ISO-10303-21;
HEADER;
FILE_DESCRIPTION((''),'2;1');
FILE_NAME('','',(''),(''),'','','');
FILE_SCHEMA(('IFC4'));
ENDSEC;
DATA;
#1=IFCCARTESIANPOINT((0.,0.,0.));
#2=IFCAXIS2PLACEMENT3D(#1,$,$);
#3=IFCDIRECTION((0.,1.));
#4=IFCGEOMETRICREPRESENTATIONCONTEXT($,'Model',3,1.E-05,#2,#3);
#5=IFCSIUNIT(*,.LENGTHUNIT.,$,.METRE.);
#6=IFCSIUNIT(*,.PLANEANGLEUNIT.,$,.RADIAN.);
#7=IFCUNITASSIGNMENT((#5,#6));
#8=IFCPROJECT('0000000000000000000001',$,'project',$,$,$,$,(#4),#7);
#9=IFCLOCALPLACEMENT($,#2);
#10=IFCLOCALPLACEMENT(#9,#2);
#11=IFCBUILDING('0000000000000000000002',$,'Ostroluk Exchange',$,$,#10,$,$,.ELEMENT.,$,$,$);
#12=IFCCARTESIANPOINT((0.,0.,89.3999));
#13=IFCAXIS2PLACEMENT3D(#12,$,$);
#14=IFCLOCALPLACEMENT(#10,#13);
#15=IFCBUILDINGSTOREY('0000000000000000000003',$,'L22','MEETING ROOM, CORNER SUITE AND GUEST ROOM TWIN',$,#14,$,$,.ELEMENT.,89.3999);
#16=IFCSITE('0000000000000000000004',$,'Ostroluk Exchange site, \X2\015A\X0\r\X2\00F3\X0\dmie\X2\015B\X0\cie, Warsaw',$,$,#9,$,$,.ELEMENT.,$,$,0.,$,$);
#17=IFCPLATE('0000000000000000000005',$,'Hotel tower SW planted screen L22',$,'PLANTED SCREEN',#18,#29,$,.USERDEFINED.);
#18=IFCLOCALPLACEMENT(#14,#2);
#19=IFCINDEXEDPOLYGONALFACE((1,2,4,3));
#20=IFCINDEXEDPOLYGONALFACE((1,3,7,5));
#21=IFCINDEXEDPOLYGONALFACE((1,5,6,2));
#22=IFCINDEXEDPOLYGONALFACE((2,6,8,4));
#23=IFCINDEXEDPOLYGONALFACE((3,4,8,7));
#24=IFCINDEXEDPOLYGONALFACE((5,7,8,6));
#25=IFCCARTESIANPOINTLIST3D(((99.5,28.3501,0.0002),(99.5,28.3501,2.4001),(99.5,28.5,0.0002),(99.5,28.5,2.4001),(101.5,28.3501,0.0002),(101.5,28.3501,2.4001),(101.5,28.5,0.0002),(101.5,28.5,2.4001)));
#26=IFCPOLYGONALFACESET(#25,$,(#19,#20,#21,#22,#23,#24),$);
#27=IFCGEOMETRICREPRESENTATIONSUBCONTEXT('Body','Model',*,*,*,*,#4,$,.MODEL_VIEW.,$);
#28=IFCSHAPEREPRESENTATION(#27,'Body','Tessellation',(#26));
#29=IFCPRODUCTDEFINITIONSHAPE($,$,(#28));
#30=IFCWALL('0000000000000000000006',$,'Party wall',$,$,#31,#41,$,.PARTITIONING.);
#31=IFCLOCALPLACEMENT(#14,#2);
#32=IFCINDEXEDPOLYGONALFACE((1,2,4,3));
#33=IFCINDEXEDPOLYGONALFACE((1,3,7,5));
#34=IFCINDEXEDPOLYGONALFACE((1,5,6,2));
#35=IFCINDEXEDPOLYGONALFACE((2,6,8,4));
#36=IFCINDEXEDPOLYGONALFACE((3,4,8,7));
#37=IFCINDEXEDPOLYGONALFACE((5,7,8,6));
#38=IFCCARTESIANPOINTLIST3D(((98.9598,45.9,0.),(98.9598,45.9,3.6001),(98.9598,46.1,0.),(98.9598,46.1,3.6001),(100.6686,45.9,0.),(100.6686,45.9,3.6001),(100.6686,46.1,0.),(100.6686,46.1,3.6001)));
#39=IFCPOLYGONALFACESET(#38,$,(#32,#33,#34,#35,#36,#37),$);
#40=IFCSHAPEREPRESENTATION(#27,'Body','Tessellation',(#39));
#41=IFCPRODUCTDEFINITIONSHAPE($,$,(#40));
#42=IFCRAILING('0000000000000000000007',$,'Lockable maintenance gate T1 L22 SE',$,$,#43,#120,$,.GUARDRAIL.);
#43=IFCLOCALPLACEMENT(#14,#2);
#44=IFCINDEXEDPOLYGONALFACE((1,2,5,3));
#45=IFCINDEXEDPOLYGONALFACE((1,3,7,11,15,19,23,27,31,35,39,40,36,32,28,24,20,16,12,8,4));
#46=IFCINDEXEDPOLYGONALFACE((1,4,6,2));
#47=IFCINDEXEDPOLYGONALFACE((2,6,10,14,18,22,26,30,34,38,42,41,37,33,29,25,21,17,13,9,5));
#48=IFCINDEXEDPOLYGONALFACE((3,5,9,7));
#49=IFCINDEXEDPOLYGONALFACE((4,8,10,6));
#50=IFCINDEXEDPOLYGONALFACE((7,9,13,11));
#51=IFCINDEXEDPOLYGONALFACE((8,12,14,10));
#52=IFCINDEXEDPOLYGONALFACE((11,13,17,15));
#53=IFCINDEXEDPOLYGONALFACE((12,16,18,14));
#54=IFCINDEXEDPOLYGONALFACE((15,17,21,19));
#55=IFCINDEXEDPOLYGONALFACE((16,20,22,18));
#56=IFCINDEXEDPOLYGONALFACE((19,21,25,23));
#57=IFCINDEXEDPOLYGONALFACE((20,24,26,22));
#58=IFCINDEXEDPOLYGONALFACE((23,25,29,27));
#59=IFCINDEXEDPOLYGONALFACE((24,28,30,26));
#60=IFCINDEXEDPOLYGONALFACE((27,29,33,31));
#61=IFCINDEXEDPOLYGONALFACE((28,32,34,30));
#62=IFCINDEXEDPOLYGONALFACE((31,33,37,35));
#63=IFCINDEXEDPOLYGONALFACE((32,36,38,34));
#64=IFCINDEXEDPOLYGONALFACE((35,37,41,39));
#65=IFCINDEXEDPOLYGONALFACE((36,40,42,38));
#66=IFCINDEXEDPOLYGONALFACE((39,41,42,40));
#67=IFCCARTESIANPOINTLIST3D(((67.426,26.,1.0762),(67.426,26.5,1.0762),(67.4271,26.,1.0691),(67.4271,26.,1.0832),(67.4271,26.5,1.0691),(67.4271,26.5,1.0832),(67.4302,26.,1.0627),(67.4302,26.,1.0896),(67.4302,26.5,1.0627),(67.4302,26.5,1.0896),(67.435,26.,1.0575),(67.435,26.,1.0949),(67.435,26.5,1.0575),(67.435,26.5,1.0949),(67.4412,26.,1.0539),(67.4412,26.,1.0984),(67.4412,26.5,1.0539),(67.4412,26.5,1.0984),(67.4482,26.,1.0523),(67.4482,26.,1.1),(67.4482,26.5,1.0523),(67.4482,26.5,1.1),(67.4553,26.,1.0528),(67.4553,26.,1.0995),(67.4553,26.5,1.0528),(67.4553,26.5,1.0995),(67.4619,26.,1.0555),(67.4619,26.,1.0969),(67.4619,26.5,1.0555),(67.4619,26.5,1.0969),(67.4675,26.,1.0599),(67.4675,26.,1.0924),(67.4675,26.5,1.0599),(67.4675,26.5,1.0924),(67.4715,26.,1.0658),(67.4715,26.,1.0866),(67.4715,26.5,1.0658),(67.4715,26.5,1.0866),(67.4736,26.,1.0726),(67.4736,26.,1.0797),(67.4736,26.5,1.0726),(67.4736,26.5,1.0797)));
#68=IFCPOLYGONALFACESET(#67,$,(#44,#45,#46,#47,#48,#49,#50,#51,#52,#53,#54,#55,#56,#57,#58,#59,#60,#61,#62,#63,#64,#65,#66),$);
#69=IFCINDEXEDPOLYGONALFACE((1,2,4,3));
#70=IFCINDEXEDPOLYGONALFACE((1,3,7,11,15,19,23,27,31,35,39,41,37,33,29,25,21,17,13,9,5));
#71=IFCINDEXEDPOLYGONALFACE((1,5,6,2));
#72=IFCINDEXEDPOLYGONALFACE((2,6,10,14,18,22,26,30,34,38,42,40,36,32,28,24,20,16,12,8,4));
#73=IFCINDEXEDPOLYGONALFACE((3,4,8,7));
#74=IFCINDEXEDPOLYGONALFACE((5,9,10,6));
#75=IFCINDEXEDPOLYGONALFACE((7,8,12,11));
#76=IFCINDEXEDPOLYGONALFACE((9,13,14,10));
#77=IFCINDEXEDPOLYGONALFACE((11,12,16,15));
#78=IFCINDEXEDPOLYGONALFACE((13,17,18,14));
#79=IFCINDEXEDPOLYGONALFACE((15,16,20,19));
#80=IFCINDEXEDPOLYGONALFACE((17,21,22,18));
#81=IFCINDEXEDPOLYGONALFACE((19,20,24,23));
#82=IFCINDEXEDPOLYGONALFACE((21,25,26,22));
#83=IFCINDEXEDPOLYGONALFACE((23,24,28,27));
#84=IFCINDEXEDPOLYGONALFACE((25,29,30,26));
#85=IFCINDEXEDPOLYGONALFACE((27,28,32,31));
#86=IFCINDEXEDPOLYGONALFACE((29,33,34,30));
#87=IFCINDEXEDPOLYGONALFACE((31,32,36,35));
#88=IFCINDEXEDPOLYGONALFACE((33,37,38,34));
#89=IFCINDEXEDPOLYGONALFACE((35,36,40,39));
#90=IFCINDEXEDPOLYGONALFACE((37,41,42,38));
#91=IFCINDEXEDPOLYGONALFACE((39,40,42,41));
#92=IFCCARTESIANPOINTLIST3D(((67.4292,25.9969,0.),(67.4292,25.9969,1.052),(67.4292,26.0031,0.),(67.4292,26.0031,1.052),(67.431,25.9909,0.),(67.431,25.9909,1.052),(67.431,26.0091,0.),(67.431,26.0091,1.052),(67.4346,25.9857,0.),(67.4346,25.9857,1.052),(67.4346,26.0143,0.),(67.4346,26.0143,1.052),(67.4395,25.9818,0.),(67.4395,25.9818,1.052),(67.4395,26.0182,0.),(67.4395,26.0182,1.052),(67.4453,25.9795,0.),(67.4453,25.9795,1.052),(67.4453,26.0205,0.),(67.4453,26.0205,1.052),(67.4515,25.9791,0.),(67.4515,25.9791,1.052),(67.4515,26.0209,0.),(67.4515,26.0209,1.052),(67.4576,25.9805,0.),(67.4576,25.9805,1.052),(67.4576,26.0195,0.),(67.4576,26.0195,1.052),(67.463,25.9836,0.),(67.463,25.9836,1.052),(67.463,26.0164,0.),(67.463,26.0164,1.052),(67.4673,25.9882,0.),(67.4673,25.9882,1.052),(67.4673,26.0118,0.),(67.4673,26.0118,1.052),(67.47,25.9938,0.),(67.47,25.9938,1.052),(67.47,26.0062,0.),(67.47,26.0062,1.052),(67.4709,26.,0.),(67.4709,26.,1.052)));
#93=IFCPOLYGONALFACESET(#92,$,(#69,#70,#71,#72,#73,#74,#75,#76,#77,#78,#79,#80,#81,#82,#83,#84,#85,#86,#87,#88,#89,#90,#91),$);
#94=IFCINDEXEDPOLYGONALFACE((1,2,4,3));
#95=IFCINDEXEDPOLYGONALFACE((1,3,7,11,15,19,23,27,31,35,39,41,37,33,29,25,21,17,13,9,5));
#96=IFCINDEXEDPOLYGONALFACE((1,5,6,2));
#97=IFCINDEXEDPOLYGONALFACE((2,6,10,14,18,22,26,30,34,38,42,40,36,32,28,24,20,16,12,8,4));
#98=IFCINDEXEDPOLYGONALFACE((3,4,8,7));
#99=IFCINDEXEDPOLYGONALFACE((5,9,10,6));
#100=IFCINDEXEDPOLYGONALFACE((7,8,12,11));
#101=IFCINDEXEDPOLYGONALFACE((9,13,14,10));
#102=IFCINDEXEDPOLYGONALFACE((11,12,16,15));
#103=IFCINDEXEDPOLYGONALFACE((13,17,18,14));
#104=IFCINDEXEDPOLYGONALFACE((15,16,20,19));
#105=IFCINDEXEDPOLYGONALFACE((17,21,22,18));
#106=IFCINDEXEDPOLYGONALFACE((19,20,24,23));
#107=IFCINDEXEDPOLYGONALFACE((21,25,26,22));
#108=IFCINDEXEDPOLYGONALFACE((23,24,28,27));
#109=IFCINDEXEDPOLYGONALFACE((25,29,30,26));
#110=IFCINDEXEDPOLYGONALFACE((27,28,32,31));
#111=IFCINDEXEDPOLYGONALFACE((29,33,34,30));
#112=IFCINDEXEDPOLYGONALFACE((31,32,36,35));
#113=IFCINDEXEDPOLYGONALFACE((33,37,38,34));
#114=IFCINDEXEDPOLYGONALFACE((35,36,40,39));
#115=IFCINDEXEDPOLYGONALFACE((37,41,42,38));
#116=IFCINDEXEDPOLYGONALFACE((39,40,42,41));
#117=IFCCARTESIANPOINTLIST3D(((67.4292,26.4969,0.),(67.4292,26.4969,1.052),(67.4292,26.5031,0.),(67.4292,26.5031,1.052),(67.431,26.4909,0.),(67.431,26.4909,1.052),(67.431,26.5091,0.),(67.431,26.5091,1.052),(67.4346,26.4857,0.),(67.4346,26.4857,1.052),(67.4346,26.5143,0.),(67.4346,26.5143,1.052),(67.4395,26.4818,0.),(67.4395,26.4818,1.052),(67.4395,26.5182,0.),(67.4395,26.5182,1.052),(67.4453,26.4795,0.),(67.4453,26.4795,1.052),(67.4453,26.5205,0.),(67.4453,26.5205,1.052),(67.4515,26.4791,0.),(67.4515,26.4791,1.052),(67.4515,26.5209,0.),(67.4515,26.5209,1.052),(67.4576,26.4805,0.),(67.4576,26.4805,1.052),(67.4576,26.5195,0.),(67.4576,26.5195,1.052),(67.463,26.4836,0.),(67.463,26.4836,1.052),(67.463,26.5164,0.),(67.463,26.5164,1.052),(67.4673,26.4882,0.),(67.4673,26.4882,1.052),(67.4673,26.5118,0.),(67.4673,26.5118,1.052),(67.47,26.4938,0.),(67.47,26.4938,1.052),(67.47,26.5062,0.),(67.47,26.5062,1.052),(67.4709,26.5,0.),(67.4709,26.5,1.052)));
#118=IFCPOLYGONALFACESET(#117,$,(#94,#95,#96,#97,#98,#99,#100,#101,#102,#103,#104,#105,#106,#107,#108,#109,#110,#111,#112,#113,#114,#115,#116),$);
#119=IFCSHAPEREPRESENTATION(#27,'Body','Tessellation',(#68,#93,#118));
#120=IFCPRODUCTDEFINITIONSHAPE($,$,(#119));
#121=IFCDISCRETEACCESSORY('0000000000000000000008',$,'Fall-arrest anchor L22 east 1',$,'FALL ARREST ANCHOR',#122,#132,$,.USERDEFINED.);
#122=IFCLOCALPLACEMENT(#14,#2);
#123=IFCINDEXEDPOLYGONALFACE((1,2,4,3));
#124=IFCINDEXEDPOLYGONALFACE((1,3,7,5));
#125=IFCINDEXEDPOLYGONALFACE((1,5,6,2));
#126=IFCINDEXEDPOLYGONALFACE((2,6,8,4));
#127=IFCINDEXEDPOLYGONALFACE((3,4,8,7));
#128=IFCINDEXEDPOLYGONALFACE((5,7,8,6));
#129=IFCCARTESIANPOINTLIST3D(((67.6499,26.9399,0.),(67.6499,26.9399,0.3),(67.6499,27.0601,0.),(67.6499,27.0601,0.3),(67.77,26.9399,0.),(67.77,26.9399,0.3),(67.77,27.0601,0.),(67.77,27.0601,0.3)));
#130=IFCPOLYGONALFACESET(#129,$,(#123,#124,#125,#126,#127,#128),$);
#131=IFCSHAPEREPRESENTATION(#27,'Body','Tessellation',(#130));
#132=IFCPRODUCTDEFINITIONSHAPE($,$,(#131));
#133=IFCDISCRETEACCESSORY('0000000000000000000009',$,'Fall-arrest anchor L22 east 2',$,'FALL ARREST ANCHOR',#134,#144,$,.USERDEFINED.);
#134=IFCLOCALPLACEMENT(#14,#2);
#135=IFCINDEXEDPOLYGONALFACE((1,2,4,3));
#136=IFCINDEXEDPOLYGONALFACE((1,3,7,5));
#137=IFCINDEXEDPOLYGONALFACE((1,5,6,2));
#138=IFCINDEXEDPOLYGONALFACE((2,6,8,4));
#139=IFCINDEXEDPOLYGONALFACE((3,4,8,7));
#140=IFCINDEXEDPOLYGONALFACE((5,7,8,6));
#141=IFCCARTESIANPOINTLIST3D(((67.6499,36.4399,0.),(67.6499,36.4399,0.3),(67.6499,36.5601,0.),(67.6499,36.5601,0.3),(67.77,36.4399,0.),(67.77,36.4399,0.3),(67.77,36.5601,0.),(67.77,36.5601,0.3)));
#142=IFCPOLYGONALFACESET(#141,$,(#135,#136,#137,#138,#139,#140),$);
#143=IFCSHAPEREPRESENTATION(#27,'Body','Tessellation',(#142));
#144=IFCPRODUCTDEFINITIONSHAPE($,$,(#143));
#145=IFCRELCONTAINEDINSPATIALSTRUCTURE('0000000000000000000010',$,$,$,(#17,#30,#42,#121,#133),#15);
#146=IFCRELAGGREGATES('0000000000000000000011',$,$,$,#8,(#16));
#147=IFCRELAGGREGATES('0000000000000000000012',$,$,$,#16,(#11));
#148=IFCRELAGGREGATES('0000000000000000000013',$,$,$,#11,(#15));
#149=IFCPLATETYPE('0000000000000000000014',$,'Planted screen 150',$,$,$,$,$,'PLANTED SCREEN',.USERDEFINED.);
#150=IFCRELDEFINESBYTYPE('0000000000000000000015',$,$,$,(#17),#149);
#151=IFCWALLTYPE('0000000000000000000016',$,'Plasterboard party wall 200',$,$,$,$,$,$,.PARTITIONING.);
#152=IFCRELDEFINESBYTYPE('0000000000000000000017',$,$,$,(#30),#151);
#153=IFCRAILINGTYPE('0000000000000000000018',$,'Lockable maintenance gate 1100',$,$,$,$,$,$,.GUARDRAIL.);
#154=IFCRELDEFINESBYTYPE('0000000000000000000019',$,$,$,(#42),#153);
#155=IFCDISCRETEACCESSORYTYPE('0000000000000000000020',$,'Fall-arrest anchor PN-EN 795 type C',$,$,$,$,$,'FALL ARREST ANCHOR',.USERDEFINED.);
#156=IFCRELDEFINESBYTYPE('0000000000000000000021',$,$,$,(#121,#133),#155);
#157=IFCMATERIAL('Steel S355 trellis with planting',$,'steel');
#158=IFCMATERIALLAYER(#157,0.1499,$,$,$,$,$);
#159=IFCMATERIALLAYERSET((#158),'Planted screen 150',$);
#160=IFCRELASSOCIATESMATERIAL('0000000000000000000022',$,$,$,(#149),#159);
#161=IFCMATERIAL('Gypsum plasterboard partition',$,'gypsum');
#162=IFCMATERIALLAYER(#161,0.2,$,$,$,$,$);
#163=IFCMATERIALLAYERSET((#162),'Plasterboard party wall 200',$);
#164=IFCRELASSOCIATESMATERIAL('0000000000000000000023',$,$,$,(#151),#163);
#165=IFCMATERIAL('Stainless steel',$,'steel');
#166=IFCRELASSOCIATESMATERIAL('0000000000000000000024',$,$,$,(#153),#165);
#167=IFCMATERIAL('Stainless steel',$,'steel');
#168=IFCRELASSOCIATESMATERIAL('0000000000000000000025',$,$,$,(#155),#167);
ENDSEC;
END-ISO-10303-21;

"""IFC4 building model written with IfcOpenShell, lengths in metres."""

from ifc_helpers import new_model, si_unit, direction, frame, frame_2d, origin, origin_2d, place, context, subcontext, project, spatial, rectangle, circle, extrude, material, layer, layer_set, type_object, element, save


model = new_model("IFC4")

# Units and contexts
model_context = context("Model", 3, precision=1e-05, world=origin(), true_north=direction((0.0, 1.0)))
body_context = subcontext(model_context, "Body", "Model", "MODEL_VIEW")
ifc_project = project(units=[si_unit("LENGTHUNIT", "METRE"), si_unit("PLANEANGLEUNIT", "RADIAN")], contexts=[model_context])

# Site, building, storey
site_placement = place(None, origin())
site = spatial("IfcSite", under=ifc_project, at=site_placement, Name="Ostroluk Exchange site, Śródmieście, Warsaw", CompositionType="ELEMENT", RefElevation=0.0)
building_placement = place(site_placement, origin())
building = spatial("IfcBuilding", under=site, at=building_placement, Name="Ostroluk Exchange", CompositionType="ELEMENT")
storey_placement = place(building_placement, frame((0.0, 0.0, 89.3999)))
storey = spatial("IfcBuildingStorey", under=building, at=storey_placement, Name="L22", Description="MEETING ROOM, CORNER SUITE AND GUEST ROOM TWIN", CompositionType="ELEMENT", Elevation=89.3999)

# Plate
ifc_material_1 = material(Name="Steel S355 trellis with planting", Category="steel")
ifc_layer_1 = layer(ifc_material_1, 0.1499)
ifc_layer_set_1 = layer_set([ifc_layer_1], Name="Planted screen 150")
plate_type_1 = type_object("IfcPlateType", Name="Planted screen 150", ElementType="PLANTED SCREEN", PredefinedType="USERDEFINED", material=ifc_layer_set_1)
plate_1_placement = place(storey_placement, frame((100.5, 28.425, 0.0002), z_axis=(0.0, 0.0, 1.0), x_axis=(1.0, 0.0, 0.0)))
element("IfcPlate", 1, at=plate_1_placement, inside=storey, type_object=plate_type_1, Name="Hotel tower SW planted screen L22", ObjectType="PLANTED SCREEN", PredefinedType="USERDEFINED", context=body_context, shape_type="SweptSolid", body=[
    extrude(rectangle(XDim=2.0, YDim=0.1499, at=origin_2d()), origin(), (0.0, 0.0, 1.0), 2.3999),
])

# Wall
ifc_material_2 = material(Name="Gypsum plasterboard partition", Category="gypsum")
ifc_layer_2 = layer(ifc_material_2, 0.2)
ifc_layer_set_2 = layer_set([ifc_layer_2], Name="Plasterboard party wall 200")
wall_type = type_object("IfcWallType", Name="Plasterboard party wall 200", PredefinedType="PARTITIONING", material=ifc_layer_set_2)
wall_placement = place(storey_placement, frame((100.6687, 46.0, 0.0), z_axis=(0.0, 0.0, 1.0), x_axis=(-1.0, 0.0, 0.0)))
element("IfcWall", 2, at=wall_placement, inside=storey, type_object=wall_type, Name="Party wall", PredefinedType="PARTITIONING", context=body_context, shape_type="SweptSolid", body=[
    extrude(rectangle(XDim=1.7087, YDim=0.2, at=frame_2d((0.8545, 0.0))), origin(), (0.0, 0.0, 1.0), 3.6001),
])

# Railing
ifc_material_3 = material(Name="Stainless steel", Category="steel")
railing_type = type_object("IfcRailingType", Name="Lockable maintenance gate 1100", PredefinedType="GUARDRAIL", material=ifc_material_3)
railing_placement = place(storey_placement, frame((67.45, 26.0, 0.0)))
element("IfcRailing", 3, at=railing_placement, inside=storey, type_object=railing_type, Name="Lockable maintenance gate T1 L22 SE", PredefinedType="GUARDRAIL", context=body_context, shape_type="SweptSolid", body=[
    extrude(circle(Radius=0.0239, at=origin_2d()), frame((0.0, 0.0, 1.0762), z_axis=(0.0, 1.0, 0.0), x_axis=(-1.0, 0.0, 0.0)), (0.0, 0.0, 1.0), 0.5),
    extrude(circle(Radius=0.021, at=origin_2d()), origin(), (0.0, 0.0, 1.0), 1.052),
    extrude(circle(Radius=0.021, at=origin_2d()), frame((0.0, 0.5, 0.0)), (0.0, 0.0, 1.0), 1.052),
])

# Discrete accessories
ifc_material_4 = material(Name="Stainless steel", Category="steel")
discrete_accessory_type = type_object("IfcDiscreteAccessoryType", Name="Fall-arrest anchor PN-EN 795 type C", ElementType="FALL ARREST ANCHOR", PredefinedType="USERDEFINED", material=ifc_material_4)
for number, where, z_axis, x_axis, name in (
    (4, (67.71, 27.0, 0.0), (0.0, 0.0, 1.0), (1.0, 0.0, 0.0), "Fall-arrest anchor L22 east 1"),
    (5, (67.71, 36.5, 0.0), (0.0, 0.0, 1.0), (1.0, 0.0, 0.0), "Fall-arrest anchor L22 east 2"),
):
    element("IfcDiscreteAccessory", number, at=place(storey_placement, frame(where, z_axis=z_axis, x_axis=x_axis)), inside=storey, type_object=discrete_accessory_type, Name=name, ObjectType="FALL ARREST ANCHOR", PredefinedType="USERDEFINED", context=body_context, shape_type="SweptSolid", body=[
        extrude(rectangle(XDim=0.1201, YDim=0.1201, at=origin_2d()), origin(), (0.0, 0.0, 1.0), 0.3),
    ])

save(model, "model.ifc")
